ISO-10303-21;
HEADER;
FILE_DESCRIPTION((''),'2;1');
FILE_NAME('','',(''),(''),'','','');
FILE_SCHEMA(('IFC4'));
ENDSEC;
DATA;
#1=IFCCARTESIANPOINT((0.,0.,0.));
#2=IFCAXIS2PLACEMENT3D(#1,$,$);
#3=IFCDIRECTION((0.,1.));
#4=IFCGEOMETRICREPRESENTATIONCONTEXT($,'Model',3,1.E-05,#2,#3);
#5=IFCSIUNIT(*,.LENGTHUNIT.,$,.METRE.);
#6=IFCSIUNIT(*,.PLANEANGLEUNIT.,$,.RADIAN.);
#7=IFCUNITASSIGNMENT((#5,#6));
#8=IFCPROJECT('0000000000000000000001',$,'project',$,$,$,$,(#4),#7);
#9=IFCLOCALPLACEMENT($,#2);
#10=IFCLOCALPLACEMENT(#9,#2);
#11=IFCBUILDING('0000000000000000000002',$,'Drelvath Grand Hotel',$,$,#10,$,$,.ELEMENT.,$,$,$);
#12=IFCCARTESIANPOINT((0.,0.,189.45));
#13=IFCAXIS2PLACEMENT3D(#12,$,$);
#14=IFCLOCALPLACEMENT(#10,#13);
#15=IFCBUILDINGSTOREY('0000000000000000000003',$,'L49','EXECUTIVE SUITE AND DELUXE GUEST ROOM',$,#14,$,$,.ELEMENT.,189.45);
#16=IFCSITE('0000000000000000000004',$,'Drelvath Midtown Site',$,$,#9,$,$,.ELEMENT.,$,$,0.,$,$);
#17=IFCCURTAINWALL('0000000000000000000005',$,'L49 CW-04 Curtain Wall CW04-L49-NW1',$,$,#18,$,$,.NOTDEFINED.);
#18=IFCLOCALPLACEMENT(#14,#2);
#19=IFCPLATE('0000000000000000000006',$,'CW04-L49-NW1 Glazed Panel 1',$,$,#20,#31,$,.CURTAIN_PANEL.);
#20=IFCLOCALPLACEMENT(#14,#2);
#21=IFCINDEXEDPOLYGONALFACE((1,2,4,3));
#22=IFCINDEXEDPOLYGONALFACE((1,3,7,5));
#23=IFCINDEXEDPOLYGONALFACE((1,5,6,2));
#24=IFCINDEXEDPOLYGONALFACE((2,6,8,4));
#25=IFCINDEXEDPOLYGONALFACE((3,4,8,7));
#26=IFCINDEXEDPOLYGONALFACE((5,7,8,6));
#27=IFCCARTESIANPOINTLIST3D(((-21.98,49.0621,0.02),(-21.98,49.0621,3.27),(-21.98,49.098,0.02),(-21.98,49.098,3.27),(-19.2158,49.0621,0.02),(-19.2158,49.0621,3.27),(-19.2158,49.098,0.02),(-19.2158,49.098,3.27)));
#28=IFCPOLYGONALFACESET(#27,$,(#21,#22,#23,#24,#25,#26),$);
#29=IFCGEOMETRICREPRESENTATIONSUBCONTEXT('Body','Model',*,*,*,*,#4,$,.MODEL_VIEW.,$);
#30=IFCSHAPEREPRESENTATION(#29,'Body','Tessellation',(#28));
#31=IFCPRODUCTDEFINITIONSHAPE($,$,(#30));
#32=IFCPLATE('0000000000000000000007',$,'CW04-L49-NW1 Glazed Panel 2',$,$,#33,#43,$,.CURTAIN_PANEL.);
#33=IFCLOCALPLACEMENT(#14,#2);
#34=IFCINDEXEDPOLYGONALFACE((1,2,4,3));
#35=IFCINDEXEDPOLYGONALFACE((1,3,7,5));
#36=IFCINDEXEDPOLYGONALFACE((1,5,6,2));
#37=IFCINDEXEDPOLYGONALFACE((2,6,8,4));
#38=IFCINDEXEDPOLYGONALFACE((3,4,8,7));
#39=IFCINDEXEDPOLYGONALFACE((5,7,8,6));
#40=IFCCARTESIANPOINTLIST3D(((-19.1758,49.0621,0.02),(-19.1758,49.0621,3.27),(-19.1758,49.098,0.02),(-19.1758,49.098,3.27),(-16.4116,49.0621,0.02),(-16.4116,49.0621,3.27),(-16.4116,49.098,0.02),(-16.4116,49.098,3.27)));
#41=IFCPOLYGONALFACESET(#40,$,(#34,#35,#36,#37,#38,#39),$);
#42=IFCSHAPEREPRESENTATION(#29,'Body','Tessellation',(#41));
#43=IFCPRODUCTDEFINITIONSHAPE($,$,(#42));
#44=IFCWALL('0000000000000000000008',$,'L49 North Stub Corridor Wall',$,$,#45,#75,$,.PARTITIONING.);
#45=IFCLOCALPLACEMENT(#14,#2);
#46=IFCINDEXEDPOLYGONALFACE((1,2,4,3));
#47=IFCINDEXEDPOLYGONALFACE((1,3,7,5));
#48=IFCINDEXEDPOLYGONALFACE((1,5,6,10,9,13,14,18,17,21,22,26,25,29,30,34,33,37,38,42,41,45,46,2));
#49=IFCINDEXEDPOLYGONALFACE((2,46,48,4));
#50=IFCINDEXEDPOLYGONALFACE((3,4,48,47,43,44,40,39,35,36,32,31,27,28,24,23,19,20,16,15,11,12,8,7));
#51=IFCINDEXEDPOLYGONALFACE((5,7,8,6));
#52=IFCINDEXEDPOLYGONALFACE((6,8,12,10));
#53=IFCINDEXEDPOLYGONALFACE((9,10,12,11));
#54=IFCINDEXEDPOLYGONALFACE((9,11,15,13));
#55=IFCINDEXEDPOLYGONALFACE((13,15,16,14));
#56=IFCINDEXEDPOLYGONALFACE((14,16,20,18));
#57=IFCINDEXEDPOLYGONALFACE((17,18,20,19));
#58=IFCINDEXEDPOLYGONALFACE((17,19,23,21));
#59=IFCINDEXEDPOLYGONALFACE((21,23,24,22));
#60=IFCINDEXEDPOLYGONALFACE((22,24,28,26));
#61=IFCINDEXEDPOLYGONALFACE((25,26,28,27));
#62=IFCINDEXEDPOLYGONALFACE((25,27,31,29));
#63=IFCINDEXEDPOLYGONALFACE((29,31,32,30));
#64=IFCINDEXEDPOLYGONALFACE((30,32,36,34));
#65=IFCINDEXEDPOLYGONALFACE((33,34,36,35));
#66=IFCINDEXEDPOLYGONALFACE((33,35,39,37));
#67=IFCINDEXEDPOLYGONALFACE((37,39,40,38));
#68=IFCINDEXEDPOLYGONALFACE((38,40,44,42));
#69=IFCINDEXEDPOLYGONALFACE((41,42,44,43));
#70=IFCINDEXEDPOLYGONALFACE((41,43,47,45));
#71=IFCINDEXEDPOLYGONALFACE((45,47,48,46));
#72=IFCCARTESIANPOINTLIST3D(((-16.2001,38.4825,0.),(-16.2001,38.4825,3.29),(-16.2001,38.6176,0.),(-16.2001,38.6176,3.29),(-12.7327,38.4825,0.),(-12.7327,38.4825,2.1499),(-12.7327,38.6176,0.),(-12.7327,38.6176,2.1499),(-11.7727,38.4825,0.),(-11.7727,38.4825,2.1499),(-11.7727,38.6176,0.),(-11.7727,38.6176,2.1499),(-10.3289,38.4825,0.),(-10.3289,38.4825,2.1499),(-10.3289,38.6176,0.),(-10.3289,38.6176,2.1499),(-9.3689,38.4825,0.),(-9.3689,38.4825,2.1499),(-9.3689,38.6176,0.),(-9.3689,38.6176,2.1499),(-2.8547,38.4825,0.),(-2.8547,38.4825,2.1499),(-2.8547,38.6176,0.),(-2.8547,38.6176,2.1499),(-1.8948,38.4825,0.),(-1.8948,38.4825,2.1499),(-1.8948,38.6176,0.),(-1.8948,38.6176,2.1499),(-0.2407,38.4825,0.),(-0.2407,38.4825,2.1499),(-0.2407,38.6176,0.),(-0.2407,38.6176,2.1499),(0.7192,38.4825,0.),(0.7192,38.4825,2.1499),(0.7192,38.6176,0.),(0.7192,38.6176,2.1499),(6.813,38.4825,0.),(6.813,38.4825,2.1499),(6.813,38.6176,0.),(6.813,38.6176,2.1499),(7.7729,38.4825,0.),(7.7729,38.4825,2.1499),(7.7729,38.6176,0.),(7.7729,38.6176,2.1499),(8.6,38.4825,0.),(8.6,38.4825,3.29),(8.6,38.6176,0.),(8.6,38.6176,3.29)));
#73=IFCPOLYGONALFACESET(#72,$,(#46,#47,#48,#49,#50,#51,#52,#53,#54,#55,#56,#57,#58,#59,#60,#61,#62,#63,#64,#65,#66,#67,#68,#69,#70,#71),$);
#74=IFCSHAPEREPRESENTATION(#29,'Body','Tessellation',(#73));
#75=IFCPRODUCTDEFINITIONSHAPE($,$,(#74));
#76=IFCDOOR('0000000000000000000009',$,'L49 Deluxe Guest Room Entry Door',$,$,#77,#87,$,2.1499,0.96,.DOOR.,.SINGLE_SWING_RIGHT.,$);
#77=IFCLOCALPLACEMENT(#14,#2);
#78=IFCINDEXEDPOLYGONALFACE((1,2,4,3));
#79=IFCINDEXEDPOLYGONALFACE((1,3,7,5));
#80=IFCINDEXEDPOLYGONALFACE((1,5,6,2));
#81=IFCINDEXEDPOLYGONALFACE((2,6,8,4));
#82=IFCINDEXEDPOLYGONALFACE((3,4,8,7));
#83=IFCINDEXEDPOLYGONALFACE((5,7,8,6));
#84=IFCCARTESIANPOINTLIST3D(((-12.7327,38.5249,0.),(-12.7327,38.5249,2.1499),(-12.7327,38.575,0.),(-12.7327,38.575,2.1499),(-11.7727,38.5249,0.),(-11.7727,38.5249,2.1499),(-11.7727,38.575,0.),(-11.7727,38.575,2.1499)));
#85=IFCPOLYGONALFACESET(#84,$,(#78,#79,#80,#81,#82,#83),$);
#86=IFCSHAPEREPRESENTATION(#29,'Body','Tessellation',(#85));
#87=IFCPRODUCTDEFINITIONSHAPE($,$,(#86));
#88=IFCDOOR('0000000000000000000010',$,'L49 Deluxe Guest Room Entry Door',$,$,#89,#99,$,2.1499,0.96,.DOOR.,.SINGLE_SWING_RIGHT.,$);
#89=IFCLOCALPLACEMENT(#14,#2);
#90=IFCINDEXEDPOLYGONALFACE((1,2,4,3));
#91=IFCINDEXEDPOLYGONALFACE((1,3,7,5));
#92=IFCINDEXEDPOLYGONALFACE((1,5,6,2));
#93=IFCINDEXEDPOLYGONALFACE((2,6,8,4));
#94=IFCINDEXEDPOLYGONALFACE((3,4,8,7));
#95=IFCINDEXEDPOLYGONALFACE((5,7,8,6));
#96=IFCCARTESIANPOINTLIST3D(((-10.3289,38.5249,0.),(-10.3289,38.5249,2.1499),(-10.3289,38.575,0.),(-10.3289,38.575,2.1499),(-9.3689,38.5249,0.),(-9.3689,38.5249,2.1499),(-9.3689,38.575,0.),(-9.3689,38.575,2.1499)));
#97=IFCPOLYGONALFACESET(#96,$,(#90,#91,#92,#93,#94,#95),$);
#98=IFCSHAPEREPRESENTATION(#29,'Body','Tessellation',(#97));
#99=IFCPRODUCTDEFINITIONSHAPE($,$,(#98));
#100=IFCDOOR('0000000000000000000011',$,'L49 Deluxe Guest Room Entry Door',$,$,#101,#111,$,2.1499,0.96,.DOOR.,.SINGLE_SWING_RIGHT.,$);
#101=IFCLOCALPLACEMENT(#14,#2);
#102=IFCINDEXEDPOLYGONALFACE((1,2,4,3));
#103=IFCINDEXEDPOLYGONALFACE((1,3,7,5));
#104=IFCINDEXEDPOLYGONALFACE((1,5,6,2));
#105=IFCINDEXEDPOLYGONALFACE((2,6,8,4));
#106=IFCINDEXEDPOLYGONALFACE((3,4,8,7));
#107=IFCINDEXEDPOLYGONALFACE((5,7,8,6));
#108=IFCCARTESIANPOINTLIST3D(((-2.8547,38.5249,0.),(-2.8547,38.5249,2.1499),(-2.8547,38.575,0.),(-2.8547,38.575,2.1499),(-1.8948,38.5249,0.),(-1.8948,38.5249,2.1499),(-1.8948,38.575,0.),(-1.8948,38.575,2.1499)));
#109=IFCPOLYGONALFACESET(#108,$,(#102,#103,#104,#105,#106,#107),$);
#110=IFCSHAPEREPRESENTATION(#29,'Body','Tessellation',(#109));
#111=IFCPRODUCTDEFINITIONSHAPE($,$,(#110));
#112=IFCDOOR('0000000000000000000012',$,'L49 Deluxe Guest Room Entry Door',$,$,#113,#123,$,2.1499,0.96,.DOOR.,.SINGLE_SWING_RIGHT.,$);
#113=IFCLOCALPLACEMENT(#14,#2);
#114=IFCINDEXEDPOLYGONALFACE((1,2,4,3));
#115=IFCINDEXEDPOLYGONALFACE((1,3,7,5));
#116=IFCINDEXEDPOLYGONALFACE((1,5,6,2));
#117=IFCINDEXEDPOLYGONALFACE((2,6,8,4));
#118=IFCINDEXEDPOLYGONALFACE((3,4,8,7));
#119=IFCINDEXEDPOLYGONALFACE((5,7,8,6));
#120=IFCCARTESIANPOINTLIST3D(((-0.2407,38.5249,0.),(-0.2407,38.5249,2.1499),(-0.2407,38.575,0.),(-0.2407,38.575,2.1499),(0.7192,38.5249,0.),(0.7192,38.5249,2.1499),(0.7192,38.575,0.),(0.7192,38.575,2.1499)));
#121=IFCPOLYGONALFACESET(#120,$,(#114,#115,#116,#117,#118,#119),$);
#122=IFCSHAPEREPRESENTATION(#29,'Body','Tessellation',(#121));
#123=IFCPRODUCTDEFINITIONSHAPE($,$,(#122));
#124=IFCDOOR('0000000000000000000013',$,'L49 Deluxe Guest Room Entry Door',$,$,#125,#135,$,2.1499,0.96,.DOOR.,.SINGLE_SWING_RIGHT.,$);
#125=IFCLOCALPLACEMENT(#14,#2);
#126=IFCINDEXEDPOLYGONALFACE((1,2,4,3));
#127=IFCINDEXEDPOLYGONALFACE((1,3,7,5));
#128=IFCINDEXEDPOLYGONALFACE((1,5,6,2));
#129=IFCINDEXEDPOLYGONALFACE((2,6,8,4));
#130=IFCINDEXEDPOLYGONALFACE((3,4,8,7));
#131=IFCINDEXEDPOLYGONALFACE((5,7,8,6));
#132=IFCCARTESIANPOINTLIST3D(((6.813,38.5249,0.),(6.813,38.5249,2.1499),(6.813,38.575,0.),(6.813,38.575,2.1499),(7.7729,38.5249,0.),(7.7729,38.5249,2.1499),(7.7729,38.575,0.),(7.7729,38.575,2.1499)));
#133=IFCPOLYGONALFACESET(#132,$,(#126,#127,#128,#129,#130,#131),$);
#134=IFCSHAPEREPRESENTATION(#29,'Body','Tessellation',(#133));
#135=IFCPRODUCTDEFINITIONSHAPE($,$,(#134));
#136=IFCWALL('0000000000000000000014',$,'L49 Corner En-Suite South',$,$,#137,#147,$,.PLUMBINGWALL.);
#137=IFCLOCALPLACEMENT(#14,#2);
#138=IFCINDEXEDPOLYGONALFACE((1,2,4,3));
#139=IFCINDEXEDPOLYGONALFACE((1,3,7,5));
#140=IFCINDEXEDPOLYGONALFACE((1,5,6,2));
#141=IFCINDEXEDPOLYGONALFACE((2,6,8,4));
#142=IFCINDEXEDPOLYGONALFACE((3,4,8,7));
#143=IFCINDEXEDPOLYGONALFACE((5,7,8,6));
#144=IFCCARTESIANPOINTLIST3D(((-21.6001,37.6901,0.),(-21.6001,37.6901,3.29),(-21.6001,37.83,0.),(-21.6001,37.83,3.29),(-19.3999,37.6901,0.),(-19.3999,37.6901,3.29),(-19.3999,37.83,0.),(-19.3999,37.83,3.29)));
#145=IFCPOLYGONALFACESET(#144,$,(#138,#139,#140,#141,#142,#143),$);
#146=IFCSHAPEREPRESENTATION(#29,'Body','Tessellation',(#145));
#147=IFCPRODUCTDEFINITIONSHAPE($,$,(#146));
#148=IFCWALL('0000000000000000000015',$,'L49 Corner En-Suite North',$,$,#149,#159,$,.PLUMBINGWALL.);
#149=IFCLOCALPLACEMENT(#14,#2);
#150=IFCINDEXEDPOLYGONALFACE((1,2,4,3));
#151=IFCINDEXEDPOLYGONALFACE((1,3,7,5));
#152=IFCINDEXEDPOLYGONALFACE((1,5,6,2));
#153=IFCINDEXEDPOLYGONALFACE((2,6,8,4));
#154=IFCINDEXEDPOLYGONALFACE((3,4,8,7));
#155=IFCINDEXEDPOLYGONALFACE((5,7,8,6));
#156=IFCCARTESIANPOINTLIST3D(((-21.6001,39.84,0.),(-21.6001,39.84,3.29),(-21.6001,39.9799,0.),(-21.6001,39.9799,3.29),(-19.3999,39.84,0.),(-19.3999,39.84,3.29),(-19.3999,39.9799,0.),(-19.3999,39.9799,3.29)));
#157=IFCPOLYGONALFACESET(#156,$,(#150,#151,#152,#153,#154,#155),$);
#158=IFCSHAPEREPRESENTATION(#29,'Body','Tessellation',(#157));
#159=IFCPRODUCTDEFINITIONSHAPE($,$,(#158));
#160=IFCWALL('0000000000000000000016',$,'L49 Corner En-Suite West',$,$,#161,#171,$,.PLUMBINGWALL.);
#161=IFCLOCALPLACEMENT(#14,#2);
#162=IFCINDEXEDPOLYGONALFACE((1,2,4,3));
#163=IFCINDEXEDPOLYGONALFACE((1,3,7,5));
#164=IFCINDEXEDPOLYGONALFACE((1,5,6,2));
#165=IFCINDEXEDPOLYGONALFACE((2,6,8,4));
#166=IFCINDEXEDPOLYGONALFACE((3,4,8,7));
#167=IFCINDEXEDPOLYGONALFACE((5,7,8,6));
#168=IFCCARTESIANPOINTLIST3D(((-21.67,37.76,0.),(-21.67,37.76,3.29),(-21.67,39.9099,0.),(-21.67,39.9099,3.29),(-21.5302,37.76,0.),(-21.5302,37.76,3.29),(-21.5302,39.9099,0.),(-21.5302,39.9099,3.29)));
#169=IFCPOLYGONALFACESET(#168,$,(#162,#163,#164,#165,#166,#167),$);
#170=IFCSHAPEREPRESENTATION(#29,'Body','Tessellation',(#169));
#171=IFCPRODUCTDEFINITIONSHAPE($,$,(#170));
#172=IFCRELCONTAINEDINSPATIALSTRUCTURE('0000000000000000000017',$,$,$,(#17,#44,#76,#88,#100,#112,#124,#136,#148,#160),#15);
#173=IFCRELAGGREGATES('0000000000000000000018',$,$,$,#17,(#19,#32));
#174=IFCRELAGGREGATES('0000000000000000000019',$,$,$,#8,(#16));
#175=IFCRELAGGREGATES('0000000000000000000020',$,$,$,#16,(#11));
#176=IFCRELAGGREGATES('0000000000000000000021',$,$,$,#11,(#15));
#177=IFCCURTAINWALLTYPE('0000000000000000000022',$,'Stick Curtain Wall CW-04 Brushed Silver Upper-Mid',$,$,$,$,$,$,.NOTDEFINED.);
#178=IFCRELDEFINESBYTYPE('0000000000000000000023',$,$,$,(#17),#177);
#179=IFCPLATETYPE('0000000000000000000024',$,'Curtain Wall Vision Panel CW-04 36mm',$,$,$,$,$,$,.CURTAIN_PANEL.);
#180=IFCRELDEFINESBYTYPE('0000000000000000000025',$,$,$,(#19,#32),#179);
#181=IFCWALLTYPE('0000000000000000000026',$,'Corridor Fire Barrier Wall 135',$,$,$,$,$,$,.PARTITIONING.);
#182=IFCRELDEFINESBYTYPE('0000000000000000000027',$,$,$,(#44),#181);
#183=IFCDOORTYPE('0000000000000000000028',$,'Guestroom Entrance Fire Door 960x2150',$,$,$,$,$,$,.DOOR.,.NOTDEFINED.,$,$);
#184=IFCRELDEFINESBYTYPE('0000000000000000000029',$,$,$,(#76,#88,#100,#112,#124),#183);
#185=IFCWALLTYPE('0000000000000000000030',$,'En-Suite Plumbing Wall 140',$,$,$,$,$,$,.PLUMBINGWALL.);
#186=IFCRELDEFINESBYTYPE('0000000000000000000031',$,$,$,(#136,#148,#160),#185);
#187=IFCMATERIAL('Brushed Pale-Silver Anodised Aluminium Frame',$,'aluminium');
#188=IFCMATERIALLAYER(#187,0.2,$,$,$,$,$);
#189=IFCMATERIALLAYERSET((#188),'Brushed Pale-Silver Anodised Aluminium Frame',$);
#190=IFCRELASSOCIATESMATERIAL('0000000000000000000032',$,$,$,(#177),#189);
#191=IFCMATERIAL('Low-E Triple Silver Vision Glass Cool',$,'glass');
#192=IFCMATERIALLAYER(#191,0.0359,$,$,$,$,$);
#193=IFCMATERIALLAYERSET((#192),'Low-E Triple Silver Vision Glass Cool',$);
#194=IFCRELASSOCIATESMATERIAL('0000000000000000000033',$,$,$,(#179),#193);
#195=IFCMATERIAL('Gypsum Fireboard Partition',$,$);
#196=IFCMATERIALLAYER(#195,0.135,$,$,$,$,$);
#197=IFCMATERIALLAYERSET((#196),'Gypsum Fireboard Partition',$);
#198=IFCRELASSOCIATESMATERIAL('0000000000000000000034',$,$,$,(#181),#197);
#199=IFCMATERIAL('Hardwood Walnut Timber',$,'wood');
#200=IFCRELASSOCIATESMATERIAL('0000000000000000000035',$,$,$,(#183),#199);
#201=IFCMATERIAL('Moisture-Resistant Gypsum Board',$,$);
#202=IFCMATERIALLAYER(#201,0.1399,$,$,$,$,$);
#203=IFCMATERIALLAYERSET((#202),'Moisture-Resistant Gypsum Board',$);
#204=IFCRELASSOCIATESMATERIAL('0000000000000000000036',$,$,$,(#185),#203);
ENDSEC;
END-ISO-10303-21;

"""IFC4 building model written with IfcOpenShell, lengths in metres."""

from ifc_helpers import new_model, si_unit, direction, frame, frame_2d, origin, origin_2d, place, context, subcontext, project, spatial, rectangle, extrude, material, layer, layer_set, type_object, element, fill, aggregate, save


model = new_model("IFC4")

# Units and contexts
model_context = context("Model", 3, precision=1e-05, world=origin(), true_north=direction((0.0, 1.0)))
body_context = subcontext(model_context, "Body", "Model", "MODEL_VIEW")
ifc_project = project(units=[si_unit("LENGTHUNIT", "METRE"), si_unit("PLANEANGLEUNIT", "RADIAN")], contexts=[model_context])

# Site, building, storey
site_placement = place(None, origin())
site = spatial("IfcSite", under=ifc_project, at=site_placement, Name="Drelvath Midtown Site", CompositionType="ELEMENT", RefElevation=0.0)
building_placement = place(site_placement, origin())
building = spatial("IfcBuilding", under=site, at=building_placement, Name="Drelvath Grand Hotel", CompositionType="ELEMENT")
storey_placement = place(building_placement, frame((0.0, 0.0, 189.45)))
storey = spatial("IfcBuildingStorey", under=building, at=storey_placement, Name="L49", Description="EXECUTIVE SUITE AND DELUXE GUEST ROOM", CompositionType="ELEMENT", Elevation=189.45)

# Curtain wall
ifc_material_1 = material(Name="Brushed Pale-Silver Anodised Aluminium Frame", Category="aluminium")
ifc_layer_1 = layer(ifc_material_1, 0.2)
ifc_layer_set_1 = layer_set([ifc_layer_1], Name="Brushed Pale-Silver Anodised Aluminium Frame")
curtain_wall_type = type_object("IfcCurtainWallType", Name="Stick Curtain Wall CW-04 Brushed Silver Upper-Mid", PredefinedType="NOTDEFINED", material=ifc_layer_set_1)
curtain_wall_placement = place(storey_placement, origin())
curtain_wall = element("IfcCurtainWall", 1, at=curtain_wall_placement, inside=storey, type_object=curtain_wall_type, Name="L49 CW-04 Curtain Wall CW04-L49-NW1", PredefinedType="NOTDEFINED")

# Plates
ifc_material_2 = material(Name="Low-E Triple Silver Vision Glass Cool", Category="glass")
ifc_layer_2 = layer(ifc_material_2, 0.0359)
ifc_layer_set_2 = layer_set([ifc_layer_2], Name="Low-E Triple Silver Vision Glass Cool")
plate_type = type_object("IfcPlateType", Name="Curtain Wall Vision Panel CW-04 36mm", PredefinedType="CURTAIN_PANEL", material=ifc_layer_set_2)
plate_1_placement = place(storey_placement, frame((-20.5979, 49.0801, 0.02), z_axis=(0.0, 0.0, 1.0), x_axis=(1.0, 0.0, 0.0)))
plate_1 = element("IfcPlate", 2, at=plate_1_placement, type_object=plate_type, Name="CW04-L49-NW1 Glazed Panel 1", PredefinedType="CURTAIN_PANEL", context=body_context, shape_type="SweptSolid", body=[
    extrude(rectangle(XDim=2.7642, YDim=0.0359, at=origin_2d()), origin(), (0.0, 0.0, 1.0), 3.25),
])
plate_2_placement = place(storey_placement, frame((-17.7937, 49.0801, 0.02), z_axis=(0.0, 0.0, 1.0), x_axis=(1.0, 0.0, 0.0)))
plate_2 = element("IfcPlate", 3, at=plate_2_placement, type_object=plate_type, Name="CW04-L49-NW1 Glazed Panel 2", PredefinedType="CURTAIN_PANEL", context=body_context, shape_type="SweptSolid", body=[
    extrude(rectangle(XDim=2.7642, YDim=0.0359, at=origin_2d()), origin(), (0.0, 0.0, 1.0), 3.25),
])
aggregate(curtain_wall, [plate_1, plate_2])

# Wall, openings, doors
ifc_material_3 = material(Name="Gypsum Fireboard Partition")
ifc_layer_3 = layer(ifc_material_3, 0.135)
ifc_layer_set_3 = layer_set([ifc_layer_3], Name="Gypsum Fireboard Partition")
wall_type_1 = type_object("IfcWallType", Name="Corridor Fire Barrier Wall 135", PredefinedType="PARTITIONING", material=ifc_layer_set_3)
wall_1_placement = place(storey_placement, frame((-16.2, 38.55, 0.0), z_axis=(0.0, 0.0, 1.0), x_axis=(1.0, 0.0, 0.0)))
wall_1 = element("IfcWall", 4, at=wall_1_placement, inside=storey, type_object=wall_type_1, Name="L49 North Stub Corridor Wall", PredefinedType="PARTITIONING", context=body_context, shape_type="SweptSolid", body=[
    extrude(rectangle(XDim=24.8, YDim=0.135, at=frame_2d((12.3999, 0.0))), origin(), (0.0, 0.0, 1.0), 3.29),
])
opening_1_placement = place(wall_1_placement, frame((3.4673, 0.0, 0.0)))
opening_1 = element("IfcOpeningElement", 5, at=opening_1_placement, cuts=wall_1, PredefinedType="OPENING", context=body_context, shape_type="SweptSolid", body=[
    extrude(rectangle(XDim=0.96, YDim=2.1499, at=frame_2d((0.48, 1.075))), frame((0.0, 0.0774, 0.0), z_axis=(0.0, -1.0, 0.0), x_axis=(1.0, 0.0, 0.0)), (0.0, 0.0, 1.0), 0.155),
])
opening_2_placement = place(wall_1_placement, frame((5.8711, 0.0, 0.0)))
opening_2 = element("IfcOpeningElement", 6, at=opening_2_placement, cuts=wall_1, PredefinedType="OPENING", context=body_context, shape_type="SweptSolid", body=[
    extrude(rectangle(XDim=0.96, YDim=2.1499, at=frame_2d((0.48, 1.075))), frame((0.0, 0.0774, 0.0), z_axis=(0.0, -1.0, 0.0), x_axis=(1.0, 0.0, 0.0)), (0.0, 0.0, 1.0), 0.155),
])
opening_3_placement = place(wall_1_placement, frame((13.3452, 0.0, 0.0)))
opening_3 = element("IfcOpeningElement", 7, at=opening_3_placement, cuts=wall_1, PredefinedType="OPENING", context=body_context, shape_type="SweptSolid", body=[
    extrude(rectangle(XDim=0.96, YDim=2.1499, at=frame_2d((0.48, 1.075))), frame((0.0, 0.0774, 0.0), z_axis=(0.0, -1.0, 0.0), x_axis=(1.0, 0.0, 0.0)), (0.0, 0.0, 1.0), 0.155),
])
opening_4_placement = place(wall_1_placement, frame((15.9592, 0.0, 0.0)))
opening_4 = element("IfcOpeningElement", 8, at=opening_4_placement, cuts=wall_1, PredefinedType="OPENING", context=body_context, shape_type="SweptSolid", body=[
    extrude(rectangle(XDim=0.96, YDim=2.1499, at=frame_2d((0.48, 1.075))), frame((0.0, 0.0774, 0.0), z_axis=(0.0, -1.0, 0.0), x_axis=(1.0, 0.0, 0.0)), (0.0, 0.0, 1.0), 0.155),
])
opening_5_placement = place(wall_1_placement, frame((23.0129, 0.0, 0.0)))
opening_5 = element("IfcOpeningElement", 9, at=opening_5_placement, cuts=wall_1, PredefinedType="OPENING", context=body_context, shape_type="SweptSolid", body=[
    extrude(rectangle(XDim=0.96, YDim=2.1499, at=frame_2d((0.48, 1.075))), frame((0.0, 0.0774, 0.0), z_axis=(0.0, -1.0, 0.0), x_axis=(1.0, 0.0, 0.0)), (0.0, 0.0, 1.0), 0.155),
])
ifc_material_4 = material(Name="Hardwood Walnut Timber", Category="wood")
door_type_1 = type_object("IfcDoorType", Name="Guestroom Entrance Fire Door 960x2150", OperationType="NOTDEFINED", PredefinedType="DOOR", material=ifc_material_4)
door_1_placement = place(opening_1_placement, origin())
door_1 = element("IfcDoor", 10, at=door_1_placement, inside=storey, type_object=door_type_1, Name="L49 Deluxe Guest Room Entry Door", OperationType="SINGLE_SWING_RIGHT", OverallHeight=2.1499, OverallWidth=0.96, PredefinedType="DOOR", context=body_context, shape_type="SweptSolid", body=[
    extrude(rectangle(XDim=0.96, YDim=2.1499, at=frame_2d((0.48, 1.075))), frame((0.0, 0.0249, 0.0), z_axis=(0.0, -1.0, 0.0), x_axis=(1.0, 0.0, 0.0)), (0.0, 0.0, 1.0), 0.05),
])
fill(opening_1, door_1)
door_2_placement = place(opening_2_placement, origin())
door_2 = element("IfcDoor", 11, at=door_2_placement, inside=storey, type_object=door_type_1, Name="L49 Deluxe Guest Room Entry Door", OperationType="SINGLE_SWING_RIGHT", OverallHeight=2.1499, OverallWidth=0.96, PredefinedType="DOOR", context=body_context, shape_type="SweptSolid", body=[
    extrude(rectangle(XDim=0.96, YDim=2.1499, at=frame_2d((0.48, 1.075))), frame((0.0, 0.0249, 0.0), z_axis=(0.0, -1.0, 0.0), x_axis=(1.0, 0.0, 0.0)), (0.0, 0.0, 1.0), 0.05),
])
fill(opening_2, door_2)
door_3_placement = place(opening_3_placement, origin())
door_3 = element("IfcDoor", 12, at=door_3_placement, inside=storey, type_object=door_type_1, Name="L49 Deluxe Guest Room Entry Door", OperationType="SINGLE_SWING_RIGHT", OverallHeight=2.1499, OverallWidth=0.96, PredefinedType="DOOR", context=body_context, shape_type="SweptSolid", body=[
    extrude(rectangle(XDim=0.96, YDim=2.1499, at=frame_2d((0.48, 1.075))), frame((0.0, 0.0249, 0.0), z_axis=(0.0, -1.0, 0.0), x_axis=(1.0, 0.0, 0.0)), (0.0, 0.0, 1.0), 0.05),
])
fill(opening_3, door_3)
door_4_placement = place(opening_4_placement, origin())
door_4 = element("IfcDoor", 13, at=door_4_placement, inside=storey, type_object=door_type_1, Name="L49 Deluxe Guest Room Entry Door", OperationType="SINGLE_SWING_RIGHT", OverallHeight=2.1499, OverallWidth=0.96, PredefinedType="DOOR", context=body_context, shape_type="SweptSolid", body=[
    extrude(rectangle(XDim=0.96, YDim=2.1499, at=frame_2d((0.48, 1.075))), frame((0.0, 0.0249, 0.0), z_axis=(0.0, -1.0, 0.0), x_axis=(1.0, 0.0, 0.0)), (0.0, 0.0, 1.0), 0.05),
])
fill(opening_4, door_4)
door_5_placement = place(opening_5_placement, origin())
door_5 = element("IfcDoor", 14, at=door_5_placement, inside=storey, type_object=door_type_1, Name="L49 Deluxe Guest Room Entry Door", OperationType="SINGLE_SWING_RIGHT", OverallHeight=2.1499, OverallWidth=0.96, PredefinedType="DOOR", context=body_context, shape_type="SweptSolid", body=[
    extrude(rectangle(XDim=0.96, YDim=2.1499, at=frame_2d((0.48, 1.075))), frame((0.0, 0.0249, 0.0), z_axis=(0.0, -1.0, 0.0), x_axis=(1.0, 0.0, 0.0)), (0.0, 0.0, 1.0), 0.05),
])
fill(opening_5, door_5)

# Walls
ifc_material_5 = material(Name="Moisture-Resistant Gypsum Board")
ifc_layer_4 = layer(ifc_material_5, 0.1399)
ifc_layer_set_4 = layer_set([ifc_layer_4], Name="Moisture-Resistant Gypsum Board")
wall_type_2 = type_object("IfcWallType", Name="En-Suite Plumbing Wall 140", PredefinedType="PLUMBINGWALL", material=ifc_layer_set_4)
for number, where, z_axis, x_axis, name in (
    (15, (-21.6001, 37.76, 0.0), (0.0, 0.0, 1.0), (1.0, 0.0, 0.0), "L49 Corner En-Suite South"),
    (16, (-21.6001, 39.9099, 0.0), (0.0, 0.0, 1.0), (1.0, 0.0, 0.0), "L49 Corner En-Suite North"),
):
    element("IfcWall", number, at=place(storey_placement, frame(where, z_axis=z_axis, x_axis=x_axis)), inside=storey, type_object=wall_type_2, Name=name, PredefinedType="PLUMBINGWALL", context=body_context, shape_type="SweptSolid", body=[
        extrude(rectangle(XDim=2.2002, YDim=0.1399, at=frame_2d((1.1001, 0.0))), origin(), (0.0, 0.0, 1.0), 3.29),
    ])
wall_2_placement = place(storey_placement, frame((-21.6001, 37.76, 0.0), z_axis=(0.0, 0.0, 1.0), x_axis=(0.0, 1.0, 0.0)))
element("IfcWall", 17, at=wall_2_placement, inside=storey, type_object=wall_type_2, Name="L49 Corner En-Suite West", PredefinedType="PLUMBINGWALL", context=body_context, shape_type="SweptSolid", body=[
    extrude(rectangle(XDim=2.1499, YDim=0.1399, at=frame_2d((1.075, 0.0))), origin(), (0.0, 0.0, 1.0), 3.29),
])

save(model, "model.ifc")
